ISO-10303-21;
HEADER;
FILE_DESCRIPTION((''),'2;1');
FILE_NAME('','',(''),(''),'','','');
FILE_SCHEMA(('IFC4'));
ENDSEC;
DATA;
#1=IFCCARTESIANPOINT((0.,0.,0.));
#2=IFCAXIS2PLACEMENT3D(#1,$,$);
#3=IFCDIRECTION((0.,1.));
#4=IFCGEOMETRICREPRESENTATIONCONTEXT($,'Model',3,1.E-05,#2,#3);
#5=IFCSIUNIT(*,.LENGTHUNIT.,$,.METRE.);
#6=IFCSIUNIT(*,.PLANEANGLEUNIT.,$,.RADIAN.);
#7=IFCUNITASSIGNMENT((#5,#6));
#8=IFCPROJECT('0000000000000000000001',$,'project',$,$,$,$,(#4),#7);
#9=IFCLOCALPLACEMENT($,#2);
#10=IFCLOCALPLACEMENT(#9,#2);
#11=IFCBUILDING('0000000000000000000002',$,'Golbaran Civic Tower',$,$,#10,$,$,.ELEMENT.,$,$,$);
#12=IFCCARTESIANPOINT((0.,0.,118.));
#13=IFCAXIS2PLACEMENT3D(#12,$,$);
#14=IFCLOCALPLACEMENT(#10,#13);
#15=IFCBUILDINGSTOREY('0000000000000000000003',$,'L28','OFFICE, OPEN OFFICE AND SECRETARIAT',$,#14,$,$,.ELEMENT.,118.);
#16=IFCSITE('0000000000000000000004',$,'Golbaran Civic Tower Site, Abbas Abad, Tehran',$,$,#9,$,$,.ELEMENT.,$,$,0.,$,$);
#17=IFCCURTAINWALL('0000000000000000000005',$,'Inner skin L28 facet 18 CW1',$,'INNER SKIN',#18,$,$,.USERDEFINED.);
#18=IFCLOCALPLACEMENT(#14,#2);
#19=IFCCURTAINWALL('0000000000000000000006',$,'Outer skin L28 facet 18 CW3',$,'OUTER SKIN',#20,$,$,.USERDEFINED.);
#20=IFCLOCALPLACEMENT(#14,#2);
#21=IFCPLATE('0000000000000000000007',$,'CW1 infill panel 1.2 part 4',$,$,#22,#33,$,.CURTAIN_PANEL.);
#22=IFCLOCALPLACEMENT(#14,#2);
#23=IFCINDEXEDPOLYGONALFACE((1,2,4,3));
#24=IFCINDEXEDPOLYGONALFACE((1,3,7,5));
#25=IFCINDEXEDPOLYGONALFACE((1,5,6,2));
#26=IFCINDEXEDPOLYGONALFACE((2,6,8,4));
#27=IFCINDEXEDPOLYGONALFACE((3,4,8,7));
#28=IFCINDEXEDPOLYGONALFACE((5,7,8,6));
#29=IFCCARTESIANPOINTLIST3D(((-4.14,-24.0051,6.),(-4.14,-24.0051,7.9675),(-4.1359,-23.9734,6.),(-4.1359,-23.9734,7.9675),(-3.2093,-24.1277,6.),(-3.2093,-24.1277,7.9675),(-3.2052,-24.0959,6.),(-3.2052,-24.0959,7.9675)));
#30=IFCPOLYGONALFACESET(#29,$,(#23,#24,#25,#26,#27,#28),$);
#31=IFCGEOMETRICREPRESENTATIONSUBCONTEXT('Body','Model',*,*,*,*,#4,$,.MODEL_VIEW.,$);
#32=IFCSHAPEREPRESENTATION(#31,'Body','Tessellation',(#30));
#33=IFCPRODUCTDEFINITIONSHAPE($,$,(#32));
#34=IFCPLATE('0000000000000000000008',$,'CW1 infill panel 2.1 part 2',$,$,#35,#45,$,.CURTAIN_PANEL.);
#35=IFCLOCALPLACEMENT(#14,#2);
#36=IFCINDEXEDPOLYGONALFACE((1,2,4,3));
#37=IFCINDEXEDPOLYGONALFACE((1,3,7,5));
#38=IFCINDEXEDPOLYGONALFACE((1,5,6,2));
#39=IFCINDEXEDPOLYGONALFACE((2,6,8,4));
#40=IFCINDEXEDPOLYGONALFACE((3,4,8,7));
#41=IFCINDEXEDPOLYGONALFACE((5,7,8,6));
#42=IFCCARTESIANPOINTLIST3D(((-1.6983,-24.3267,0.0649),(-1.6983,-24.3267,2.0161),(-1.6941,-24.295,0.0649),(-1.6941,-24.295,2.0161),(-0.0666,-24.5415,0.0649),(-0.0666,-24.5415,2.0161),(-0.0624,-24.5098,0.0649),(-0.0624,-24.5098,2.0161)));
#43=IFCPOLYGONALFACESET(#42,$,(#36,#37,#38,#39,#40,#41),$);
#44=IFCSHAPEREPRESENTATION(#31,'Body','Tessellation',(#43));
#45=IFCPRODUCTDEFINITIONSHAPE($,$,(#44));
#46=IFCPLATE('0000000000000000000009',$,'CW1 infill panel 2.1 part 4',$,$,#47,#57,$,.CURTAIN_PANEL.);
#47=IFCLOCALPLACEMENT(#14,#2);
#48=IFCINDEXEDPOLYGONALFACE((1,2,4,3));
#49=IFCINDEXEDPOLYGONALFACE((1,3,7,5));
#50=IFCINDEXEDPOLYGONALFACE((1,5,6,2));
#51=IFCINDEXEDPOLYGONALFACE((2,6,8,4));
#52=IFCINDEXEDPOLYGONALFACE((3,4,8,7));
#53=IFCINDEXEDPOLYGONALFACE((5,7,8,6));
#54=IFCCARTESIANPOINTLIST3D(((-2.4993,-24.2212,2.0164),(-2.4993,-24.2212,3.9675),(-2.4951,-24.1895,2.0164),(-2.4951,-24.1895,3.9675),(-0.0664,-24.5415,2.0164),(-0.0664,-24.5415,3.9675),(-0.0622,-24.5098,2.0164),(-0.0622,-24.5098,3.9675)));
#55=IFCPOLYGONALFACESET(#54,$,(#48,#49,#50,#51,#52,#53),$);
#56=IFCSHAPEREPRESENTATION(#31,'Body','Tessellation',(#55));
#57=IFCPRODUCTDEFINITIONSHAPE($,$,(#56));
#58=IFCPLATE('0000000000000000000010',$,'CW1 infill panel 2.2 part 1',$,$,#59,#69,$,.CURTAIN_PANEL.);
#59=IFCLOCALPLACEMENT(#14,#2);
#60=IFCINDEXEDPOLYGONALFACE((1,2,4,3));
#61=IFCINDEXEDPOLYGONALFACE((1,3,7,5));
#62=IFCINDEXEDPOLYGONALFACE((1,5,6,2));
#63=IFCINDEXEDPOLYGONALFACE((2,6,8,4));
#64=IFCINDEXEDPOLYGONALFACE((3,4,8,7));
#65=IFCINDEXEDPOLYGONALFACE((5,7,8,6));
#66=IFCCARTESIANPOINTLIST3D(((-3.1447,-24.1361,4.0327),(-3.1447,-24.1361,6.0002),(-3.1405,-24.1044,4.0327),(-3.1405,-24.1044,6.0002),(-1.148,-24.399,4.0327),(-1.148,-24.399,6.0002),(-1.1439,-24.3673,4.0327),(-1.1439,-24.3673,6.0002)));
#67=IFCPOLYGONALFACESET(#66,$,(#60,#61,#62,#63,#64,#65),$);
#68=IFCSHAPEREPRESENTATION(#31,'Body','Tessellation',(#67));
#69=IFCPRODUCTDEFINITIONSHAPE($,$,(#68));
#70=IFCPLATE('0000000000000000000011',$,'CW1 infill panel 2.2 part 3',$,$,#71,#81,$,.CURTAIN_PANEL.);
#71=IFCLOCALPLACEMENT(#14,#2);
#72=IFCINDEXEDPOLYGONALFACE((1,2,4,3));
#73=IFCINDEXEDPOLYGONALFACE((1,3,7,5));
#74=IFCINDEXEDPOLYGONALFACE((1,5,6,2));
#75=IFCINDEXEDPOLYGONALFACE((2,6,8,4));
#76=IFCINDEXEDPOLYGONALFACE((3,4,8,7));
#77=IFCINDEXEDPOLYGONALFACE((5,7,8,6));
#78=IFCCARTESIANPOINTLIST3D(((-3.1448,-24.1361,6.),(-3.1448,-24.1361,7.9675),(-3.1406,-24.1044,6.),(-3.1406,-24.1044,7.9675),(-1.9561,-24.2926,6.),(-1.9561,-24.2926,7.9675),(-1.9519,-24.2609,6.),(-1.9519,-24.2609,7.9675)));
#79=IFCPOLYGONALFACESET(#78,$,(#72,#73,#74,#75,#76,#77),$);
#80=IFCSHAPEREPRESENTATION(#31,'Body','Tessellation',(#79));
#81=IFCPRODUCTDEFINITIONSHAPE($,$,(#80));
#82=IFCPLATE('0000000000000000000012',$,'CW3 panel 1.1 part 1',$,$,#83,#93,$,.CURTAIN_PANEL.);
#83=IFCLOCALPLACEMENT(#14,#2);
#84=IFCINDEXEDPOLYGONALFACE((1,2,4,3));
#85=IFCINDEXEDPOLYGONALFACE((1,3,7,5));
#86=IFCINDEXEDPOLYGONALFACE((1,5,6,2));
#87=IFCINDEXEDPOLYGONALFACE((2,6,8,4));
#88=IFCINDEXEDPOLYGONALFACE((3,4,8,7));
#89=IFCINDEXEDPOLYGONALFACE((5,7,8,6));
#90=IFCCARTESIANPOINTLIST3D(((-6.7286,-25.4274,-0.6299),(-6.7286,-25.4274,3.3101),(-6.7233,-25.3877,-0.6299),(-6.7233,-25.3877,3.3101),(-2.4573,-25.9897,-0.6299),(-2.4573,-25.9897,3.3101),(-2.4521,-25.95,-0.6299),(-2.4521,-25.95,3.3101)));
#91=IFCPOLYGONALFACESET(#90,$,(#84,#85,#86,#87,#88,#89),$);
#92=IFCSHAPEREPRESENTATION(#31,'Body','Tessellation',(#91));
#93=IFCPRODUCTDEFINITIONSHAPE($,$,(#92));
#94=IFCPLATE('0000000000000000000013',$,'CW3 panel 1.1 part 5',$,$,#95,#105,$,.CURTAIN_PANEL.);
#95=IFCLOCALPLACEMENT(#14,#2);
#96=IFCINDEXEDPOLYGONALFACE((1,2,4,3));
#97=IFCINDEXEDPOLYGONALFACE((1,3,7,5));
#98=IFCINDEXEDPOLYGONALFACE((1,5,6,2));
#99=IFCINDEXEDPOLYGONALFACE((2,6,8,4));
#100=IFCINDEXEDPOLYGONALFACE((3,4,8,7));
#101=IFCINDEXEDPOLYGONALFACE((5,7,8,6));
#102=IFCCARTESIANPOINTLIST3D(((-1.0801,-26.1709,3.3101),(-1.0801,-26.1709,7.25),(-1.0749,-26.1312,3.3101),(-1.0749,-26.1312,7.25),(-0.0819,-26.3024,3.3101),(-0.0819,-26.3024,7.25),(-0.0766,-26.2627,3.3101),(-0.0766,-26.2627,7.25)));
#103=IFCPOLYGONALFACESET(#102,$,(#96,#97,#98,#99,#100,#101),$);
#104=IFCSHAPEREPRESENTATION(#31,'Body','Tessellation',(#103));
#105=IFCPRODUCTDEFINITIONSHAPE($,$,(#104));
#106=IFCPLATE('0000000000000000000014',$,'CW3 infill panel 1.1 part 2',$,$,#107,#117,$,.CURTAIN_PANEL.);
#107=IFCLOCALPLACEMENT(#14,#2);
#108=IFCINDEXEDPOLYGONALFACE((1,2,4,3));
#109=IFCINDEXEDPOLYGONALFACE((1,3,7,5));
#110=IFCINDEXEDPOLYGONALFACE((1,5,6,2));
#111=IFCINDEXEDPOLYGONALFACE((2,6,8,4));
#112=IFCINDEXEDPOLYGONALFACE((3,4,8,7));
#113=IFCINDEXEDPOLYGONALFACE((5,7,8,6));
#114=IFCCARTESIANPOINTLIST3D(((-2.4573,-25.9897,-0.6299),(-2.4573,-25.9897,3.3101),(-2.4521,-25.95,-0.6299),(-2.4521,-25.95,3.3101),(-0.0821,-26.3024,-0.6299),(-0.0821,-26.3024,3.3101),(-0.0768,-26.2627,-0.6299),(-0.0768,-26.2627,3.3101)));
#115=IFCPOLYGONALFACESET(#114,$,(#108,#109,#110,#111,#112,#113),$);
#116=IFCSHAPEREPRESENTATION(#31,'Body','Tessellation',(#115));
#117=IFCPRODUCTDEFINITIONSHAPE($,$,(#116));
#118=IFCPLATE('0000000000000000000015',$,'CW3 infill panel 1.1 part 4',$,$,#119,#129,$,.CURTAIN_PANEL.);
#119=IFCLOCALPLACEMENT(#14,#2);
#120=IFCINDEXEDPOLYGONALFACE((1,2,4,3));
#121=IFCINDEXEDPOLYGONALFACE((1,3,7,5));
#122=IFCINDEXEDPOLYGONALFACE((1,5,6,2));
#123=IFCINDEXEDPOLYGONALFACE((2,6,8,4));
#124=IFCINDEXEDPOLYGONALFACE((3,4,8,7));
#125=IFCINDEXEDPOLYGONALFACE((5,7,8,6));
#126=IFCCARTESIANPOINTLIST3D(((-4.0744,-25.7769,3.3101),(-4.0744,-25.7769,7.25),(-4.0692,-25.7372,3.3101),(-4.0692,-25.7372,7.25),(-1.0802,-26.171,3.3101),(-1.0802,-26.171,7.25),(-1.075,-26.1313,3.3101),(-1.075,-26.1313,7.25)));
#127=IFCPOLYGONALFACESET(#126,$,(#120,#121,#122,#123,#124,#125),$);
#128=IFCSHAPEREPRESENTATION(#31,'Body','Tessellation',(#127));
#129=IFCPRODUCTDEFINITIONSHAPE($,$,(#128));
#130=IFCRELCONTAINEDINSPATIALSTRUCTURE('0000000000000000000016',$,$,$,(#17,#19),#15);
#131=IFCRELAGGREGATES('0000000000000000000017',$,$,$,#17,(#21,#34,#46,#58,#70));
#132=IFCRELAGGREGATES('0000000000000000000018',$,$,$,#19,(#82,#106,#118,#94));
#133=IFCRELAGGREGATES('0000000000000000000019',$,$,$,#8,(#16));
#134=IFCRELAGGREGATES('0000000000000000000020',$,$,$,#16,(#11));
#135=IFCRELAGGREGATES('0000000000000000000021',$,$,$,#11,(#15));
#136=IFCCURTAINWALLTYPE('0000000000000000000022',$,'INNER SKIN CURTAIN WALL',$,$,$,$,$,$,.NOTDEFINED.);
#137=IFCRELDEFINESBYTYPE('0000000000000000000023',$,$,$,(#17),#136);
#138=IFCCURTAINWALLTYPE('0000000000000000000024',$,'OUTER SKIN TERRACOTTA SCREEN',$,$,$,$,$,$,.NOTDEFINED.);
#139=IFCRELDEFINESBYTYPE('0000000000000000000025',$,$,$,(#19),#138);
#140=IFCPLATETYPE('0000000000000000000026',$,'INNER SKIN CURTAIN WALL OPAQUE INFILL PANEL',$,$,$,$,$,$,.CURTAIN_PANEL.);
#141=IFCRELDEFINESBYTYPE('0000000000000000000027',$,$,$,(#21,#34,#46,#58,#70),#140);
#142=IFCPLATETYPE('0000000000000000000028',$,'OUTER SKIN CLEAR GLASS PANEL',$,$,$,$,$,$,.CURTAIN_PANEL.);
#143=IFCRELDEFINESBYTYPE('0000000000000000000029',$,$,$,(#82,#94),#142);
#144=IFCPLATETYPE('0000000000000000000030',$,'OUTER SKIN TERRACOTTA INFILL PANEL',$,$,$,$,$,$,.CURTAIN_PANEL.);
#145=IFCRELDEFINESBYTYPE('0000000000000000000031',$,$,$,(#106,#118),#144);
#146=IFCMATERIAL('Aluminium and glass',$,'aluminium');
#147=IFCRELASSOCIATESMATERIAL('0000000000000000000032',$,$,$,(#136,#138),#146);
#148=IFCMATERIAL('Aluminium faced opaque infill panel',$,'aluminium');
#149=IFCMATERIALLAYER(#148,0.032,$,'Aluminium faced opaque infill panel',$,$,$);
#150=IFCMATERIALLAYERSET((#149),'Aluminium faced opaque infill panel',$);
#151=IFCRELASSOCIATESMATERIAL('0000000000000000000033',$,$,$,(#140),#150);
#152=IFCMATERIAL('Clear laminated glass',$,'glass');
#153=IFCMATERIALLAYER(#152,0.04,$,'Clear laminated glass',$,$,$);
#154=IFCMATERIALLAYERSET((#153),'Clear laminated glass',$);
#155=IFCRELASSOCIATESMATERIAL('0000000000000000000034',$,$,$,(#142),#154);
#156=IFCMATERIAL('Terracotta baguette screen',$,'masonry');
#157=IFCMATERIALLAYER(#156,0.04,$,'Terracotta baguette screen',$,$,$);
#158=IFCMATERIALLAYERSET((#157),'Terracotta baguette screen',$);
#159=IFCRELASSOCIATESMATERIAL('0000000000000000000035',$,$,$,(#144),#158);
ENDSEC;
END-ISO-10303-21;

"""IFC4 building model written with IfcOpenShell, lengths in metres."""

from ifc_helpers import new_model, si_unit, direction, frame, origin, origin_2d, place, context, subcontext, project, spatial, rectangle, extrude, material, layer, layer_set, type_object, element, aggregate, save


model = new_model("IFC4")

# Units and contexts
model_context = context("Model", 3, precision=1e-05, world=origin(), true_north=direction((0.0, 1.0)))
body_context = subcontext(model_context, "Body", "Model", "MODEL_VIEW")
ifc_project = project(units=[si_unit("LENGTHUNIT", "METRE"), si_unit("PLANEANGLEUNIT", "RADIAN")], contexts=[model_context])

# Site, building, storey
site_placement = place(None, origin())
site = spatial("IfcSite", under=ifc_project, at=site_placement, Name="Golbaran Civic Tower Site, Abbas Abad, Tehran", CompositionType="ELEMENT", RefElevation=0.0)
building_placement = place(site_placement, origin())
building = spatial("IfcBuilding", under=site, at=building_placement, Name="Golbaran Civic Tower", CompositionType="ELEMENT")
storey_placement = place(building_placement, frame((0.0, 0.0, 118.0)))
storey = spatial("IfcBuildingStorey", under=building, at=storey_placement, Name="L28", Description="OFFICE, OPEN OFFICE AND SECRETARIAT", CompositionType="ELEMENT", Elevation=118.0)

# Curtain wall
ifc_material_1 = material(Name="Aluminium and glass", Category="aluminium")
curtain_wall_type_1 = type_object("IfcCurtainWallType", Name="INNER SKIN CURTAIN WALL", PredefinedType="NOTDEFINED", material=ifc_material_1)
curtain_wall_1_placement = place(storey_placement, origin())
curtain_wall_1 = element("IfcCurtainWall", 1, at=curtain_wall_1_placement, inside=storey, type_object=curtain_wall_type_1, Name="Inner skin L28 facet 18 CW1", ObjectType="INNER SKIN", PredefinedType="USERDEFINED")

# Curtain wall
curtain_wall_type_2 = type_object("IfcCurtainWallType", Name="OUTER SKIN TERRACOTTA SCREEN", PredefinedType="NOTDEFINED", material=ifc_material_1)
curtain_wall_2_placement = place(storey_placement, origin())
curtain_wall_2 = element("IfcCurtainWall", 2, at=curtain_wall_2_placement, inside=storey, type_object=curtain_wall_type_2, Name="Outer skin L28 facet 18 CW3", ObjectType="OUTER SKIN", PredefinedType="USERDEFINED")

# Plates
ifc_material_2 = material(Name="Aluminium faced opaque infill panel", Category="aluminium")
ifc_layer_1 = layer(ifc_material_2, 0.032, Name="Aluminium faced opaque infill panel")
ifc_layer_set_1 = layer_set([ifc_layer_1], Name="Aluminium faced opaque infill panel")
plate_type_1 = type_object("IfcPlateType", Name="INNER SKIN CURTAIN WALL OPAQUE INFILL PANEL", PredefinedType="CURTAIN_PANEL", material=ifc_layer_set_1)
plate_1_placement = place(storey_placement, frame((-3.6726, -24.0505, 6.0), z_axis=(0.0, 0.0, 1.0), x_axis=(0.991445, -0.130526, 0.0)))
plate_1 = element("IfcPlate", 3, at=plate_1_placement, type_object=plate_type_1, Name="CW1 infill panel 1.2 part 4", PredefinedType="CURTAIN_PANEL", context=body_context, shape_type="SweptSolid", body=[
    extrude(rectangle(XDim=0.9387, YDim=0.032, at=origin_2d()), origin(), (0.0, 0.0, 1.0), 1.9675),
])
plate_2_placement = place(storey_placement, frame((-0.8804, -24.4182, 0.0649), z_axis=(0.0, 0.0, 1.0), x_axis=(0.991445, -0.130526, 0.0)))
plate_2 = element("IfcPlate", 4, at=plate_2_placement, type_object=plate_type_1, Name="CW1 infill panel 2.1 part 2", PredefinedType="CURTAIN_PANEL", context=body_context, shape_type="SweptSolid", body=[
    extrude(rectangle(XDim=1.6458, YDim=0.032, at=origin_2d()), origin(), (0.0, 0.0, 1.0), 1.9512),
])
plate_3_placement = place(storey_placement, frame((-1.2808, -24.3655, 2.0164), z_axis=(0.0, 0.0, 1.0), x_axis=(0.991445, -0.130526, 0.0)))
plate_3 = element("IfcPlate", 5, at=plate_3_placement, type_object=plate_type_1, Name="CW1 infill panel 2.1 part 4", PredefinedType="CURTAIN_PANEL", context=body_context, shape_type="SweptSolid", body=[
    extrude(rectangle(XDim=2.4539, YDim=0.032, at=origin_2d()), origin(), (0.0, 0.0, 1.0), 1.9512),
])
plate_4_placement = place(storey_placement, frame((-2.1443, -24.2517, 4.0327), z_axis=(0.0, 0.0, 1.0), x_axis=(0.991445, -0.130526, 0.0)))
plate_4 = element("IfcPlate", 6, at=plate_4_placement, type_object=plate_type_1, Name="CW1 infill panel 2.2 part 1", PredefinedType="CURTAIN_PANEL", context=body_context, shape_type="SweptSolid", body=[
    extrude(rectangle(XDim=2.0139, YDim=0.032, at=origin_2d()), origin(), (0.0, 0.0, 1.0), 1.9675),
])
plate_5_placement = place(storey_placement, frame((-2.5483, -24.1985, 6.0), z_axis=(0.0, 0.0, 1.0), x_axis=(0.991445, -0.130526, 0.0)))
plate_5 = element("IfcPlate", 7, at=plate_5_placement, type_object=plate_type_1, Name="CW1 infill panel 2.2 part 3", PredefinedType="CURTAIN_PANEL", context=body_context, shape_type="SweptSolid", body=[
    extrude(rectangle(XDim=1.199, YDim=0.032, at=origin_2d()), origin(), (0.0, 0.0, 1.0), 1.9675),
])
aggregate(curtain_wall_1, [plate_1, plate_2, plate_3, plate_4, plate_5])
ifc_material_3 = material(Name="Clear laminated glass", Category="glass")
ifc_layer_2 = layer(ifc_material_3, 0.04, Name="Clear laminated glass")
ifc_layer_set_2 = layer_set([ifc_layer_2], Name="Clear laminated glass")
plate_type_2 = type_object("IfcPlateType", Name="OUTER SKIN CLEAR GLASS PANEL", PredefinedType="CURTAIN_PANEL", material=ifc_layer_set_2)
plate_6_placement = place(storey_placement, frame((-4.5903, -25.6887, -0.6299), z_axis=(0.0, 0.0, 1.0), x_axis=(0.991445, -0.130526, 0.0)))
plate_6 = element("IfcPlate", 8, at=plate_6_placement, type_object=plate_type_2, Name="CW3 panel 1.1 part 1", PredefinedType="CURTAIN_PANEL", context=body_context, shape_type="SweptSolid", body=[
    extrude(rectangle(XDim=4.3081, YDim=0.04, at=origin_2d()), origin(), (0.0, 0.0, 1.0), 3.9399),
])
plate_7_placement = place(storey_placement, frame((-0.5784, -26.2168, 3.3101), z_axis=(0.0, 0.0, 1.0), x_axis=(0.991445, -0.130526, 0.0)))
plate_7 = element("IfcPlate", 9, at=plate_7_placement, type_object=plate_type_2, Name="CW3 panel 1.1 part 5", PredefinedType="CURTAIN_PANEL", context=body_context, shape_type="SweptSolid", body=[
    extrude(rectangle(XDim=1.0068, YDim=0.04, at=origin_2d()), origin(), (0.0, 0.0, 1.0), 3.9399),
])
ifc_material_4 = material(Name="Terracotta baguette screen", Category="masonry")
ifc_layer_3 = layer(ifc_material_4, 0.04, Name="Terracotta baguette screen")
ifc_layer_set_3 = layer_set([ifc_layer_3], Name="Terracotta baguette screen")
plate_type_3 = type_object("IfcPlateType", Name="OUTER SKIN TERRACOTTA INFILL PANEL", PredefinedType="CURTAIN_PANEL", material=ifc_layer_set_3)
plate_8_placement = place(storey_placement, frame((-1.2671, -26.1262, -0.6299), z_axis=(0.0, 0.0, 1.0), x_axis=(0.991445, -0.130526, 0.0)))
plate_8 = element("IfcPlate", 10, at=plate_8_placement, type_object=plate_type_3, Name="CW3 infill panel 1.1 part 2", PredefinedType="CURTAIN_PANEL", context=body_context, shape_type="SweptSolid", body=[
    extrude(rectangle(XDim=2.3958, YDim=0.04, at=origin_2d()), origin(), (0.0, 0.0, 1.0), 3.9399),
])
plate_9_placement = place(storey_placement, frame((-2.5747, -25.9541, 3.3101), z_axis=(0.0, 0.0, 1.0), x_axis=(0.991445, -0.130526, 0.0)))
plate_9 = element("IfcPlate", 11, at=plate_9_placement, type_object=plate_type_3, Name="CW3 infill panel 1.1 part 4", PredefinedType="CURTAIN_PANEL", context=body_context, shape_type="SweptSolid", body=[
    extrude(rectangle(XDim=3.02, YDim=0.04, at=origin_2d()), origin(), (0.0, 0.0, 1.0), 3.9399),
])
aggregate(curtain_wall_2, [plate_6, plate_8, plate_9, plate_7])

save(model, "model.ifc")
